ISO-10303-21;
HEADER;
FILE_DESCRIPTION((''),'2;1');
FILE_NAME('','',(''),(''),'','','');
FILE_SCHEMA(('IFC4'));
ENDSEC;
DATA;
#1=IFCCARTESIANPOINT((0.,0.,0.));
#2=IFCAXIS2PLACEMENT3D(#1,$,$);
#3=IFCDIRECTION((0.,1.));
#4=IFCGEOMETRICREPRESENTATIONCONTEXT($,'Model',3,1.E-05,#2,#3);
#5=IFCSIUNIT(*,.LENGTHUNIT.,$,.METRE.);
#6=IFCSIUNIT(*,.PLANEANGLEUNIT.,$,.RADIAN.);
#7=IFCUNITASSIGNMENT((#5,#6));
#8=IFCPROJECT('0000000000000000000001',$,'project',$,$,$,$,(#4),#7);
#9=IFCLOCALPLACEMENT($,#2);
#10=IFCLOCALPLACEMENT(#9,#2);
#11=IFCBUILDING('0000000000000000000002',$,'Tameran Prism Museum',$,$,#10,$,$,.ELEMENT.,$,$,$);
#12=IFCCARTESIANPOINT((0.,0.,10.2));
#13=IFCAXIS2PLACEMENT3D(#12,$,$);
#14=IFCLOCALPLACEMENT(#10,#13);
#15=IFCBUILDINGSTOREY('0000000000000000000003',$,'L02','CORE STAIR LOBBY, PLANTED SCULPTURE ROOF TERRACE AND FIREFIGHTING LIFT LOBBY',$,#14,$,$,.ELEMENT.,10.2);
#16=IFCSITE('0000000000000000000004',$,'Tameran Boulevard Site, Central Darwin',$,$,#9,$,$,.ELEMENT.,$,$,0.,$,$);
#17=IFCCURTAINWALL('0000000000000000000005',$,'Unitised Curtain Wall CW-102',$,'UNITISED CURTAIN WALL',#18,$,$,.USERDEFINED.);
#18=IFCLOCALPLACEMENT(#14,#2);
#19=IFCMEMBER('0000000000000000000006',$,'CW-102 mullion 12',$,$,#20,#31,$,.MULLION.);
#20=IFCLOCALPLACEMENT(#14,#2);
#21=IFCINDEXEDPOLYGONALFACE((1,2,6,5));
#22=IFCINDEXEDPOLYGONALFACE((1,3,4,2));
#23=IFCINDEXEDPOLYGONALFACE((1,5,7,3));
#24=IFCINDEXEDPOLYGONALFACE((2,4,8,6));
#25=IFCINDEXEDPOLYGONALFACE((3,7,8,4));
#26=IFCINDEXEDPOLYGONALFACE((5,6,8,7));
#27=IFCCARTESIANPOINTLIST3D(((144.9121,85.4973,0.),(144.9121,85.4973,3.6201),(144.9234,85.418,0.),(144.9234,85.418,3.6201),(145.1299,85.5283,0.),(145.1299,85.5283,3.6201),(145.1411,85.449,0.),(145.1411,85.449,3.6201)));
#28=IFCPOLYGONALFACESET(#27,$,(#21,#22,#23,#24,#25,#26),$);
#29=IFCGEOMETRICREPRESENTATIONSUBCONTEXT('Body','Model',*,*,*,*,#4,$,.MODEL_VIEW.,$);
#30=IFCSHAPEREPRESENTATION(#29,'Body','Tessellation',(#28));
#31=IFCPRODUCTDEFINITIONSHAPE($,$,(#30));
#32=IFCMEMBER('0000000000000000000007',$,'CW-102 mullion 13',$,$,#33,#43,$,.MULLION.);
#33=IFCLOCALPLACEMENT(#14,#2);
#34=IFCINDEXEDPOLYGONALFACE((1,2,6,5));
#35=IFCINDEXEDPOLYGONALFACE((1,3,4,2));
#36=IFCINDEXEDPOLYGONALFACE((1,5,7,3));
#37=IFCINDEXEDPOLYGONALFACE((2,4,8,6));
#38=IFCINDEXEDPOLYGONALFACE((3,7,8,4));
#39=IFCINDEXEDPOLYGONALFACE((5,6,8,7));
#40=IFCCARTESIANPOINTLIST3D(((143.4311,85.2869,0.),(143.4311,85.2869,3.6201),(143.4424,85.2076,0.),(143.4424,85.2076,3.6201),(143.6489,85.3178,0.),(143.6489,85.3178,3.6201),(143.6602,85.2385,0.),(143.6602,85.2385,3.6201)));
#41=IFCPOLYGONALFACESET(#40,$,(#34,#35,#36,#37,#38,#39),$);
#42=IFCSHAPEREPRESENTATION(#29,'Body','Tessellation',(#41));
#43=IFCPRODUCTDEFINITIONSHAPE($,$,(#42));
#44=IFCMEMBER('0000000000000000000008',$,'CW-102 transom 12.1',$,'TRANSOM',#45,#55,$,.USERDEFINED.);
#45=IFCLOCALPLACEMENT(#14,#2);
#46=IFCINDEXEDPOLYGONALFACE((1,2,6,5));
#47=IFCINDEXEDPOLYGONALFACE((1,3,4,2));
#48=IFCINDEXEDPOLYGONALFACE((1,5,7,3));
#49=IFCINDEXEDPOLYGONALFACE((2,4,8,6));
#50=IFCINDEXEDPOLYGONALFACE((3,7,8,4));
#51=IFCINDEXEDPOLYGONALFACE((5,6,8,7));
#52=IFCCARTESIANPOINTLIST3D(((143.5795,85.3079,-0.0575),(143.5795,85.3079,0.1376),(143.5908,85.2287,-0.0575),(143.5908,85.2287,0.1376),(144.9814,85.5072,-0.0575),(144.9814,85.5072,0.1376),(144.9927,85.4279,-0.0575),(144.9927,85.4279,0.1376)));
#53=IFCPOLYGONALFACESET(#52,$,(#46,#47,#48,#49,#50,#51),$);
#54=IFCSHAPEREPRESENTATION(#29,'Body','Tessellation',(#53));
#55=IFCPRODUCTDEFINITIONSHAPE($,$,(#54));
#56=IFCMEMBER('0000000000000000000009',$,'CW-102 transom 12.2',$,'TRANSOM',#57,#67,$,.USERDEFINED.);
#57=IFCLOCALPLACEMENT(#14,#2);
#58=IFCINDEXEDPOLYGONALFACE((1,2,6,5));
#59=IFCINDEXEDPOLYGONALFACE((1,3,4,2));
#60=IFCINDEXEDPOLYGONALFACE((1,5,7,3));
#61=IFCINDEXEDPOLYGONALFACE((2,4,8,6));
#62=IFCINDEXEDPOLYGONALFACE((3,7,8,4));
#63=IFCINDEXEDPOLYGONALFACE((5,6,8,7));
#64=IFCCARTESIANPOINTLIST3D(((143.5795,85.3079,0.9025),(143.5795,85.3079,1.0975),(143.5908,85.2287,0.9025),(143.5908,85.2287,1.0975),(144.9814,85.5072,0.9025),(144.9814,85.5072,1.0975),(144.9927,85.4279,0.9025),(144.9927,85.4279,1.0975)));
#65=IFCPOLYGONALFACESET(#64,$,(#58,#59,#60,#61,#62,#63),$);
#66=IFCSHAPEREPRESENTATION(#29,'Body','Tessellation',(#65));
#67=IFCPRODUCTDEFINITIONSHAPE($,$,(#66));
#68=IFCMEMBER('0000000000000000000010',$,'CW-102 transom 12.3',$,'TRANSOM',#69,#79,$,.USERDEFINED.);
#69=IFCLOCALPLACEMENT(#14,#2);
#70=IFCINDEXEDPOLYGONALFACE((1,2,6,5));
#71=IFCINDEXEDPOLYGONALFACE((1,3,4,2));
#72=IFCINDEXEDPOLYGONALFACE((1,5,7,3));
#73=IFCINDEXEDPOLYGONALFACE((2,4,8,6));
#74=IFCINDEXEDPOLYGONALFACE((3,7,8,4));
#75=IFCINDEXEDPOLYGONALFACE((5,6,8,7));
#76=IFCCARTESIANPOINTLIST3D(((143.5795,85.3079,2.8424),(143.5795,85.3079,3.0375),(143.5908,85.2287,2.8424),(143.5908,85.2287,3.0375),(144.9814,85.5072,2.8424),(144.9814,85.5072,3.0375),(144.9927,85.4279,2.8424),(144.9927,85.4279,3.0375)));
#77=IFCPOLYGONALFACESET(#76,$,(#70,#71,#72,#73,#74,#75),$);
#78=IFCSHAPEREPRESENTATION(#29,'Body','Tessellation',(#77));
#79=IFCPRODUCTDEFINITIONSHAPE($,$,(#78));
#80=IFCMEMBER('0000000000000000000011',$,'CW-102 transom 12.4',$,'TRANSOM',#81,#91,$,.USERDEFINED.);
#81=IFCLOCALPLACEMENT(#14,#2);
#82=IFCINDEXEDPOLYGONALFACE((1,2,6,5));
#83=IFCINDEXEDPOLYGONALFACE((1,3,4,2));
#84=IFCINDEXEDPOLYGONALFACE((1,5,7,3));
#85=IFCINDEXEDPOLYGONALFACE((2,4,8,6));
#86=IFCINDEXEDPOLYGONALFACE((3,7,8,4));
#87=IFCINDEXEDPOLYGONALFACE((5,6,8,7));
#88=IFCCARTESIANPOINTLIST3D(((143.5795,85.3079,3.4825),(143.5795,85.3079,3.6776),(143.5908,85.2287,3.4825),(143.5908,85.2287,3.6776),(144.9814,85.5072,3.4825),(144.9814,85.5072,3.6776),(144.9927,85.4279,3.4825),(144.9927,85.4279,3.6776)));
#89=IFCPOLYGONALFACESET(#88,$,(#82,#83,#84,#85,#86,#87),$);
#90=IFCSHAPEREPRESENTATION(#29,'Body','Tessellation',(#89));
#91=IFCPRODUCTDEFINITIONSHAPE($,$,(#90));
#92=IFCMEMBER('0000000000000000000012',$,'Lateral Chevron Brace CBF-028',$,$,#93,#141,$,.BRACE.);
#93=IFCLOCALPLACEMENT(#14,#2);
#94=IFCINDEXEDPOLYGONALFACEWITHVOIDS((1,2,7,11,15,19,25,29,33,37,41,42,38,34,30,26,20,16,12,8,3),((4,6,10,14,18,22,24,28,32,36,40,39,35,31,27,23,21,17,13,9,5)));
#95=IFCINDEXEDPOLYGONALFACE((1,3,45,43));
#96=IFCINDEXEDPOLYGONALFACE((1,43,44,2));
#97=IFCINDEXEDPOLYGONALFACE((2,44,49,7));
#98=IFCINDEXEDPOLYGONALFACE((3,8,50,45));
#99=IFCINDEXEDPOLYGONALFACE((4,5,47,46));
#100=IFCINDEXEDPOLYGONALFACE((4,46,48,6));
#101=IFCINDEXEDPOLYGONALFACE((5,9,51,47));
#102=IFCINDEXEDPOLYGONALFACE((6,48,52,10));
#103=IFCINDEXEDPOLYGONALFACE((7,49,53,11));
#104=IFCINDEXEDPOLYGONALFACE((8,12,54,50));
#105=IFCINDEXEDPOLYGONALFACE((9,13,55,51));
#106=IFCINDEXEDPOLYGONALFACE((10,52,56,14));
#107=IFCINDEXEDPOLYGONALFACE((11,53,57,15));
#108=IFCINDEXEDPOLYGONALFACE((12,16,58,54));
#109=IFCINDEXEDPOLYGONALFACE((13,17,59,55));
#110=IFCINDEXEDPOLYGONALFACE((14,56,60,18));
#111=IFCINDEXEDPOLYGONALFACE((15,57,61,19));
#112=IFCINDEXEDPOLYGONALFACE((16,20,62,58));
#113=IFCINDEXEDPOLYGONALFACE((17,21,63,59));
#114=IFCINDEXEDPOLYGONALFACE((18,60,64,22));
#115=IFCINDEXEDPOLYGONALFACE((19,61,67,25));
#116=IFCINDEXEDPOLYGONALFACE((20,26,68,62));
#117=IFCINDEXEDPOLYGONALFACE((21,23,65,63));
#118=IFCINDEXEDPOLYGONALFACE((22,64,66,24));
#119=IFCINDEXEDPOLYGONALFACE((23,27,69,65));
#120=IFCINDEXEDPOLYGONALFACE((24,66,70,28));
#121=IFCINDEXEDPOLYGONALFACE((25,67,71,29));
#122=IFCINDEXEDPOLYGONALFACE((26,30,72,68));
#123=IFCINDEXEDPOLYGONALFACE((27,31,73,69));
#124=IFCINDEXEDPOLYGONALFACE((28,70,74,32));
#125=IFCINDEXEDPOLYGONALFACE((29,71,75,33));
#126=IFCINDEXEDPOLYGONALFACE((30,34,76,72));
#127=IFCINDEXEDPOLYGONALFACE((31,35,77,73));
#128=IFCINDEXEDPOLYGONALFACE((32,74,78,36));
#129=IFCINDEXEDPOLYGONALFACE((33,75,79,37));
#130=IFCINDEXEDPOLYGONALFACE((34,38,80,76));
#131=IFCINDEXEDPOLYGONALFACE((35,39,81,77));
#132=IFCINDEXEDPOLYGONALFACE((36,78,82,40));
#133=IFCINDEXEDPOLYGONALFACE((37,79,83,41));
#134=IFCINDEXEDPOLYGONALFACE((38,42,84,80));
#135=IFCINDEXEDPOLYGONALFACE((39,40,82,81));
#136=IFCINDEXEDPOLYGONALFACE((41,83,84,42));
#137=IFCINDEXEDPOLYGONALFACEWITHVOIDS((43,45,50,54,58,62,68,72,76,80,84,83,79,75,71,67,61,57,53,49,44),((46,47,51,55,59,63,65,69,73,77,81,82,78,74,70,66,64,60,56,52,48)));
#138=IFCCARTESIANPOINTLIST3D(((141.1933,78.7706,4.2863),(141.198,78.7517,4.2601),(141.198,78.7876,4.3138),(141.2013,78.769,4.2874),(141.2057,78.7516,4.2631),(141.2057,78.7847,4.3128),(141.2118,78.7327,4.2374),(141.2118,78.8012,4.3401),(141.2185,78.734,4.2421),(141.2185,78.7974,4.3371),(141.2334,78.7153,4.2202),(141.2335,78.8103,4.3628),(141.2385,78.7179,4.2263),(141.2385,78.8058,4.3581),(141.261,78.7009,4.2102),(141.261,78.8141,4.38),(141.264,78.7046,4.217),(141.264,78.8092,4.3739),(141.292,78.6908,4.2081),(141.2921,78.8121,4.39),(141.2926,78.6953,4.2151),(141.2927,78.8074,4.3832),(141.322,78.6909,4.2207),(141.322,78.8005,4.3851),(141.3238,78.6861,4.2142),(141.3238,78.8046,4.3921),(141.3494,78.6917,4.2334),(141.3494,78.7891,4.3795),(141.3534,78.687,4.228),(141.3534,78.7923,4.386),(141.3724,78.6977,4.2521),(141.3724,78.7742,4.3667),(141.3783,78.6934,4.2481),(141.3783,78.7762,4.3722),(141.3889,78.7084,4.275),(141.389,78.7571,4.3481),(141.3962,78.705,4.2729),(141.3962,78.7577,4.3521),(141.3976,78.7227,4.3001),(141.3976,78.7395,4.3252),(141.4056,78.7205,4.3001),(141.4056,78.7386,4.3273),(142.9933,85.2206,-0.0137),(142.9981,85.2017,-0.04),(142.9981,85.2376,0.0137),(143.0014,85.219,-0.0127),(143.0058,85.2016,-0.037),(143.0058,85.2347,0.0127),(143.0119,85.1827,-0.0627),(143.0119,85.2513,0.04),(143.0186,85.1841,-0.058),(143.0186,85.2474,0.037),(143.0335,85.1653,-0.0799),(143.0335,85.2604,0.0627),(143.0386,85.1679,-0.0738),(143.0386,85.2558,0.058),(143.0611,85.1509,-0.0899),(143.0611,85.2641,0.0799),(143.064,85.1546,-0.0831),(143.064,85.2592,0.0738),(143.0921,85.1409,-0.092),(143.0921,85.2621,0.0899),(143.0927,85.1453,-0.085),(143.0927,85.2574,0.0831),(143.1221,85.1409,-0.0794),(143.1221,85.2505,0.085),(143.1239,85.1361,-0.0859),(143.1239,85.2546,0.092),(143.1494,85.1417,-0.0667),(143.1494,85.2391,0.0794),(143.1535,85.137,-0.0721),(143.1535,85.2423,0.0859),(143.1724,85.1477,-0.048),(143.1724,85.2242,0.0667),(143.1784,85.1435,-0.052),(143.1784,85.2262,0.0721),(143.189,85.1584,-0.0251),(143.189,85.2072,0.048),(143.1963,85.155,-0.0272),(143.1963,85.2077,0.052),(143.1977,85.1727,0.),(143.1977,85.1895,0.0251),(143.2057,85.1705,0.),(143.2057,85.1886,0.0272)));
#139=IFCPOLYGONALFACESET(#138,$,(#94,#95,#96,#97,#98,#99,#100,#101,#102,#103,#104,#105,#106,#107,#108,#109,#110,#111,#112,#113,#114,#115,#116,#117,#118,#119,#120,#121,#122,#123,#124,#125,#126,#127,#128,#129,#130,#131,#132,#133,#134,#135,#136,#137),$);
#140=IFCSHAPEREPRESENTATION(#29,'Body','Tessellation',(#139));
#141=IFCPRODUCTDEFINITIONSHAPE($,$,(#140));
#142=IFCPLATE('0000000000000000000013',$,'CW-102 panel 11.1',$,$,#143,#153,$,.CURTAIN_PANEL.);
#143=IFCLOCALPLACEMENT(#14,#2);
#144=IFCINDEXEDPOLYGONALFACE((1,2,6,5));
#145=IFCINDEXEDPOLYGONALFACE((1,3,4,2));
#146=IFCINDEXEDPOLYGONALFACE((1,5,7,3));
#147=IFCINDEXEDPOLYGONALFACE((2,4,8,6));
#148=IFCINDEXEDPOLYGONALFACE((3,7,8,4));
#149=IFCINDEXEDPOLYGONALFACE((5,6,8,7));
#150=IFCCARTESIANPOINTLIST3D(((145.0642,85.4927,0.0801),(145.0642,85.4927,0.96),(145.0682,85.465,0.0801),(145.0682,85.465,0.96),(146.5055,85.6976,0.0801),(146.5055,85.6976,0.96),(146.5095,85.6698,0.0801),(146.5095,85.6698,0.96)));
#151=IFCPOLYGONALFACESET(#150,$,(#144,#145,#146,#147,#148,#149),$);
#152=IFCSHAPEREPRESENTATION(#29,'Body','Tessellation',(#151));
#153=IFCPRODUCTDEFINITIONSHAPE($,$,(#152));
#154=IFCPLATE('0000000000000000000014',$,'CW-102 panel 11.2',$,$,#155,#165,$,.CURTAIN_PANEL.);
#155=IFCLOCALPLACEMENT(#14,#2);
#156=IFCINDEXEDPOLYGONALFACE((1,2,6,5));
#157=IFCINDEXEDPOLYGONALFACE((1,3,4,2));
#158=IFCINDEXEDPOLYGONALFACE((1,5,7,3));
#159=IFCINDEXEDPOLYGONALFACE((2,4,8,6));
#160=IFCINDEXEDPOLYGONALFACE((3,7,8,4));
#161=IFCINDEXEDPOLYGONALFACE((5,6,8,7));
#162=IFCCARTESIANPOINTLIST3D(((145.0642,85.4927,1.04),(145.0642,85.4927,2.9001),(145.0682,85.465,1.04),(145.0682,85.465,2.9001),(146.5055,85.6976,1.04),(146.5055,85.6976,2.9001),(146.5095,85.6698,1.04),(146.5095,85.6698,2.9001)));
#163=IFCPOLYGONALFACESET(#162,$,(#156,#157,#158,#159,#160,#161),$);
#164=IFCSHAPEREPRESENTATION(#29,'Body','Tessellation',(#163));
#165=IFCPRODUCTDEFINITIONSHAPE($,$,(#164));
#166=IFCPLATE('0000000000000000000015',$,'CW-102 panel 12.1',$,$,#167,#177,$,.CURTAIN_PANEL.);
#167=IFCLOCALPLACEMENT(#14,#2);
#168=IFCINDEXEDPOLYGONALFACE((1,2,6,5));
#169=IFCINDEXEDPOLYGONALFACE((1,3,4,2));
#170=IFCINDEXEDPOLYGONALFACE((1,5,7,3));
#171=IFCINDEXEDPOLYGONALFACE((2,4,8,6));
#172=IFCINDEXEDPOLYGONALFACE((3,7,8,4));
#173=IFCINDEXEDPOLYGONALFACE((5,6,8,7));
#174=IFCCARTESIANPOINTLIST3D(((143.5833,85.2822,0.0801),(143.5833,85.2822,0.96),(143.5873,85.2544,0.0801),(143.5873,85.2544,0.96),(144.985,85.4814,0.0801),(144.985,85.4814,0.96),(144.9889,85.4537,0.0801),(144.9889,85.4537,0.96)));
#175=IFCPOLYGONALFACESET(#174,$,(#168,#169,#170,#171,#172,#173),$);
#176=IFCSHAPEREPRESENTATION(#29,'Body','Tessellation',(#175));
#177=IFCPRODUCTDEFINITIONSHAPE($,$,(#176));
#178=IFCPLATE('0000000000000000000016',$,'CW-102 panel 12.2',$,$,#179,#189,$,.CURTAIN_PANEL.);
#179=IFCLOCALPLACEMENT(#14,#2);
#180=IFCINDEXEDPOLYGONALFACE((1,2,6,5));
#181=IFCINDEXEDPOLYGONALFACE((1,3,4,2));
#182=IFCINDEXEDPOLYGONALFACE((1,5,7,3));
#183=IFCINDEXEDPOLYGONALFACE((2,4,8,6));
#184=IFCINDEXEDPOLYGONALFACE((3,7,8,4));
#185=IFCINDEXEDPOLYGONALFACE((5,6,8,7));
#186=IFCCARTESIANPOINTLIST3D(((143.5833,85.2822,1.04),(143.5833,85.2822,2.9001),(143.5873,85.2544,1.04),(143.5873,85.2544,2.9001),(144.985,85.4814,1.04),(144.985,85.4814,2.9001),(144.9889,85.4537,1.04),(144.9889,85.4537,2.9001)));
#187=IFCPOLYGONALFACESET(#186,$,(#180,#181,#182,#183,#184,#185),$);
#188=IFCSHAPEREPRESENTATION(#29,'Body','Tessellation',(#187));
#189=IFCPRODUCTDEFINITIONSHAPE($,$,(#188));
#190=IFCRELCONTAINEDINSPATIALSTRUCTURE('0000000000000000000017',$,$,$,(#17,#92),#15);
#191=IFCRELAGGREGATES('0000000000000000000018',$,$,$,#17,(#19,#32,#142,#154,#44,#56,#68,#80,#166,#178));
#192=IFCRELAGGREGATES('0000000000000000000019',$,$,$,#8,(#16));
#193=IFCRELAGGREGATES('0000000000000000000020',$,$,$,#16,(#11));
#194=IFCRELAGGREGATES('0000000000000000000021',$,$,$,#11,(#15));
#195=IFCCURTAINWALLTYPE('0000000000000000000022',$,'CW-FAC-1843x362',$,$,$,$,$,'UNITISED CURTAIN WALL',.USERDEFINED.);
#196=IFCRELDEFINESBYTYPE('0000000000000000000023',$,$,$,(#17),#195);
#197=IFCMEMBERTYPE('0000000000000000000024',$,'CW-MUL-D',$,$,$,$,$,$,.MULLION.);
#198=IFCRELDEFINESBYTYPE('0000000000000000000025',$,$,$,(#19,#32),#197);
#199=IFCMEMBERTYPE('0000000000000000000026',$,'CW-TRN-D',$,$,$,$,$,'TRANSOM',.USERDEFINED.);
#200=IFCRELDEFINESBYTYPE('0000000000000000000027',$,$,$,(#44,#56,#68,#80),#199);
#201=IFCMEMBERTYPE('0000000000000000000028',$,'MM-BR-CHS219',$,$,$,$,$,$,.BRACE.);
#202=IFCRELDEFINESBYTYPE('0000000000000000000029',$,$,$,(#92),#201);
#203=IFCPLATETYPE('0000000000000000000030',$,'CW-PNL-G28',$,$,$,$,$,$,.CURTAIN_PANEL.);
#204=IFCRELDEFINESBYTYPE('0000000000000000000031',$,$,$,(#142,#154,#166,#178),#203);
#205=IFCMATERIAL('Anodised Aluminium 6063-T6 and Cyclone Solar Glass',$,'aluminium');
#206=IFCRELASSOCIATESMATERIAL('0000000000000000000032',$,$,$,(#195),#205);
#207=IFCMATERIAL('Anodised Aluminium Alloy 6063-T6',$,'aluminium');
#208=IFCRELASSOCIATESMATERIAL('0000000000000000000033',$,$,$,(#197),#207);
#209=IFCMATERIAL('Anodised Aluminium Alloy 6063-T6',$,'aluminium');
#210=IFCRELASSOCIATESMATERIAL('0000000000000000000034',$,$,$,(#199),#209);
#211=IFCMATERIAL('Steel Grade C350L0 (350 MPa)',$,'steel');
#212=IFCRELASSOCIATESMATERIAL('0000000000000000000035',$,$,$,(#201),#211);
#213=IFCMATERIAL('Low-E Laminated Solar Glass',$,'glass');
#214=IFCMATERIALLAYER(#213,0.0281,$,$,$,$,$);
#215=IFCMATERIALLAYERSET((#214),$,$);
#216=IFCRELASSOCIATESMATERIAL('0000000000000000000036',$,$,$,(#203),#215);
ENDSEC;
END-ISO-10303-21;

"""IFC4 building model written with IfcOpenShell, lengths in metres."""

from ifc_helpers import new_model, si_unit, direction, frame, origin, origin_2d, place, context, subcontext, project, spatial, rectangle, hollow_circle, extrude, material, layer, layer_set, material_profile, profile_set, type_object, element, aggregate, save


model = new_model("IFC4")

# Units and contexts
model_context = context("Model", 3, precision=1e-05, world=origin(), true_north=direction((0.0, 1.0)))
body_context = subcontext(model_context, "Body", "Model", "MODEL_VIEW")
ifc_project = project(units=[si_unit("LENGTHUNIT", "METRE"), si_unit("PLANEANGLEUNIT", "RADIAN")], contexts=[model_context])

# Site, building, storey
site_placement = place(None, origin())
site = spatial("IfcSite", under=ifc_project, at=site_placement, Name="Tameran Boulevard Site, Central Darwin", CompositionType="ELEMENT", RefElevation=0.0)
building_placement = place(site_placement, origin())
building = spatial("IfcBuilding", under=site, at=building_placement, Name="Tameran Prism Museum", CompositionType="ELEMENT")
storey_placement = place(building_placement, frame((0.0, 0.0, 10.2)))
storey = spatial("IfcBuildingStorey", under=building, at=storey_placement, Name="L02", Description="CORE STAIR LOBBY, PLANTED SCULPTURE ROOF TERRACE AND FIREFIGHTING LIFT LOBBY", CompositionType="ELEMENT", Elevation=10.2)

# Curtain wall, members
ifc_material_1 = material(Name="Anodised Aluminium 6063-T6 and Cyclone Solar Glass", Category="aluminium")
curtain_wall_type = type_object("IfcCurtainWallType", Name="CW-FAC-1843x362", ElementType="UNITISED CURTAIN WALL", PredefinedType="USERDEFINED", material=ifc_material_1)
curtain_wall_placement = place(storey_placement, origin())
curtain_wall = element("IfcCurtainWall", 1, at=curtain_wall_placement, inside=storey, type_object=curtain_wall_type, Name="Unitised Curtain Wall CW-102", ObjectType="UNITISED CURTAIN WALL", PredefinedType="USERDEFINED")
ifc_material_2 = material(Name="Anodised Aluminium Alloy 6063-T6", Category="aluminium")
ifc_material_profile_1 = material_profile(ifc_material_2, rectangle(XDim=0.0801, YDim=0.22, at=origin_2d()))
ifc_profile_set_1 = profile_set([ifc_material_profile_1])
member_type_1 = type_object("IfcMemberType", Name="CW-MUL-D", PredefinedType="MULLION", material=ifc_profile_set_1)
member_1_placement = place(storey_placement, frame((145.0266, 85.4731, 0.0), z_axis=(0.0, 0.0, 1.0), x_axis=(0.140745, -0.990046, 0.0)))
member_1 = element("IfcMember", 2, at=member_1_placement, type_object=member_type_1, Name="CW-102 mullion 12", PredefinedType="MULLION", context=body_context, shape_type="SweptSolid", body=[
    extrude(rectangle(XDim=0.0801, YDim=0.22, at=origin_2d()), origin(), (0.0, 0.0, 1.0), 3.6201),
])
member_2_placement = place(storey_placement, frame((143.5457, 85.2627, 0.0), z_axis=(0.0, 0.0, 1.0), x_axis=(0.140745, -0.990046, 0.0)))
member_2 = element("IfcMember", 3, at=member_2_placement, type_object=member_type_1, Name="CW-102 mullion 13", PredefinedType="MULLION", context=body_context, shape_type="SweptSolid", body=[
    extrude(rectangle(XDim=0.0801, YDim=0.22, at=origin_2d()), origin(), (0.0, 0.0, 1.0), 3.6201),
])
ifc_material_3 = material(Name="Anodised Aluminium Alloy 6063-T6", Category="aluminium")
ifc_material_profile_2 = material_profile(ifc_material_3, rectangle(XDim=0.0801, YDim=0.1951, at=origin_2d()))
ifc_profile_set_2 = profile_set([ifc_material_profile_2])
member_type_2 = type_object("IfcMemberType", Name="CW-TRN-D", ElementType="TRANSOM", PredefinedType="USERDEFINED", material=ifc_profile_set_2)
member_3_placement = place(storey_placement, frame((144.9871, 85.4675, 0.04), z_axis=(-0.990053, -0.140697, 0.0), x_axis=(0.140697, -0.990053, 0.0)))
member_3 = element("IfcMember", 4, at=member_3_placement, type_object=member_type_2, Name="CW-102 transom 12.1", ObjectType="TRANSOM", PredefinedType="USERDEFINED", context=body_context, shape_type="SweptSolid", body=[
    extrude(rectangle(XDim=0.0801, YDim=0.1951, at=origin_2d()), origin(), (0.0, 0.0, 1.0), 1.416),
])
member_4_placement = place(storey_placement, frame((144.9871, 85.4675, 1.0), z_axis=(-0.990053, -0.140697, 0.0), x_axis=(0.140697, -0.990053, 0.0)))
member_4 = element("IfcMember", 5, at=member_4_placement, type_object=member_type_2, Name="CW-102 transom 12.2", ObjectType="TRANSOM", PredefinedType="USERDEFINED", context=body_context, shape_type="SweptSolid", body=[
    extrude(rectangle(XDim=0.0801, YDim=0.1951, at=origin_2d()), origin(), (0.0, 0.0, 1.0), 1.416),
])
member_5_placement = place(storey_placement, frame((144.9871, 85.4675, 2.9399), z_axis=(-0.990053, -0.140697, 0.0), x_axis=(0.140697, -0.990053, 0.0)))
member_5 = element("IfcMember", 6, at=member_5_placement, type_object=member_type_2, Name="CW-102 transom 12.3", ObjectType="TRANSOM", PredefinedType="USERDEFINED", context=body_context, shape_type="SweptSolid", body=[
    extrude(rectangle(XDim=0.0801, YDim=0.1951, at=origin_2d()), origin(), (0.0, 0.0, 1.0), 1.416),
])
member_6_placement = place(storey_placement, frame((144.9871, 85.4675, 3.5801), z_axis=(-0.990053, -0.140697, 0.0), x_axis=(0.140697, -0.990053, 0.0)))
member_6 = element("IfcMember", 7, at=member_6_placement, type_object=member_type_2, Name="CW-102 transom 12.4", ObjectType="TRANSOM", PredefinedType="USERDEFINED", context=body_context, shape_type="SweptSolid", body=[
    extrude(rectangle(XDim=0.0801, YDim=0.1951, at=origin_2d()), origin(), (0.0, 0.0, 1.0), 1.416),
])

# Member
ifc_material_4 = material(Name="Steel Grade C350L0 (350 MPa)", Category="steel")
ifc_material_profile_3 = material_profile(ifc_material_4, hollow_circle(Radius=0.1096, WallThickness=0.0083, at=origin_2d()))
ifc_profile_set_3 = profile_set([ifc_material_profile_3])
member_type_3 = type_object("IfcMemberType", Name="MM-BR-CHS219", PredefinedType="BRACE", material=ifc_profile_set_3)
member_7_placement = place(storey_placement, frame((143.1001, 85.2, 0.0), z_axis=(-0.226189, -0.810482, 0.540331), x_axis=(0.963194, -0.268808, 0.0)))
element("IfcMember", 8, at=member_7_placement, inside=storey, type_object=member_type_3, Name="Lateral Chevron Brace CBF-028", PredefinedType="BRACE", context=body_context, shape_type="SweptSolid", body=[
    extrude(hollow_circle(Radius=0.1096, WallThickness=0.0083, at=origin_2d()), origin(), (0.0, 0.0, 1.0), 7.9583),
])

# Plates
ifc_material_5 = material(Name="Low-E Laminated Solar Glass", Category="glass")
ifc_layer_1 = layer(ifc_material_5, 0.0281)
ifc_layer_set_1 = layer_set([ifc_layer_1])
plate_type = type_object("IfcPlateType", Name="CW-PNL-G28", PredefinedType="CURTAIN_PANEL", material=ifc_layer_set_1)
plate_1_placement = place(storey_placement, frame((145.7869, 85.5813, 0.0801), z_axis=(0.0, 0.0, 1.0), x_axis=(-0.990046, -0.140745, 0.0)))
plate_1 = element("IfcPlate", 9, at=plate_1_placement, type_object=plate_type, Name="CW-102 panel 11.1", PredefinedType="CURTAIN_PANEL", context=body_context, shape_type="SweptSolid", body=[
    extrude(rectangle(XDim=1.4558, YDim=0.0281, at=origin_2d()), origin(), (0.0, 0.0, 1.0), 0.8799),
])
plate_2_placement = place(storey_placement, frame((145.7869, 85.5813, 1.04), z_axis=(0.0, 0.0, 1.0), x_axis=(-0.990046, -0.140745, 0.0)))
plate_2 = element("IfcPlate", 10, at=plate_2_placement, type_object=plate_type, Name="CW-102 panel 11.2", PredefinedType="CURTAIN_PANEL", context=body_context, shape_type="SweptSolid", body=[
    extrude(rectangle(XDim=1.4558, YDim=0.0281, at=origin_2d()), origin(), (0.0, 0.0, 1.0), 1.8601),
])
plate_3_placement = place(storey_placement, frame((144.2861, 85.3679, 0.0801), z_axis=(0.0, 0.0, 1.0), x_axis=(-0.990046, -0.140745, 0.0)))
plate_3 = element("IfcPlate", 11, at=plate_3_placement, type_object=plate_type, Name="CW-102 panel 12.1", PredefinedType="CURTAIN_PANEL", context=body_context, shape_type="SweptSolid", body=[
    extrude(rectangle(XDim=1.4158, YDim=0.0281, at=origin_2d()), origin(), (0.0, 0.0, 1.0), 0.8799),
])
plate_4_placement = place(storey_placement, frame((144.2861, 85.3679, 1.04), z_axis=(0.0, 0.0, 1.0), x_axis=(-0.990046, -0.140745, 0.0)))
plate_4 = element("IfcPlate", 12, at=plate_4_placement, type_object=plate_type, Name="CW-102 panel 12.2", PredefinedType="CURTAIN_PANEL", context=body_context, shape_type="SweptSolid", body=[
    extrude(rectangle(XDim=1.4158, YDim=0.0281, at=origin_2d()), origin(), (0.0, 0.0, 1.0), 1.8601),
])
aggregate(curtain_wall, [member_1, member_2, plate_1, plate_2, member_3, member_4, member_5, member_6, plate_3, plate_4])

save(model, "model.ifc")
